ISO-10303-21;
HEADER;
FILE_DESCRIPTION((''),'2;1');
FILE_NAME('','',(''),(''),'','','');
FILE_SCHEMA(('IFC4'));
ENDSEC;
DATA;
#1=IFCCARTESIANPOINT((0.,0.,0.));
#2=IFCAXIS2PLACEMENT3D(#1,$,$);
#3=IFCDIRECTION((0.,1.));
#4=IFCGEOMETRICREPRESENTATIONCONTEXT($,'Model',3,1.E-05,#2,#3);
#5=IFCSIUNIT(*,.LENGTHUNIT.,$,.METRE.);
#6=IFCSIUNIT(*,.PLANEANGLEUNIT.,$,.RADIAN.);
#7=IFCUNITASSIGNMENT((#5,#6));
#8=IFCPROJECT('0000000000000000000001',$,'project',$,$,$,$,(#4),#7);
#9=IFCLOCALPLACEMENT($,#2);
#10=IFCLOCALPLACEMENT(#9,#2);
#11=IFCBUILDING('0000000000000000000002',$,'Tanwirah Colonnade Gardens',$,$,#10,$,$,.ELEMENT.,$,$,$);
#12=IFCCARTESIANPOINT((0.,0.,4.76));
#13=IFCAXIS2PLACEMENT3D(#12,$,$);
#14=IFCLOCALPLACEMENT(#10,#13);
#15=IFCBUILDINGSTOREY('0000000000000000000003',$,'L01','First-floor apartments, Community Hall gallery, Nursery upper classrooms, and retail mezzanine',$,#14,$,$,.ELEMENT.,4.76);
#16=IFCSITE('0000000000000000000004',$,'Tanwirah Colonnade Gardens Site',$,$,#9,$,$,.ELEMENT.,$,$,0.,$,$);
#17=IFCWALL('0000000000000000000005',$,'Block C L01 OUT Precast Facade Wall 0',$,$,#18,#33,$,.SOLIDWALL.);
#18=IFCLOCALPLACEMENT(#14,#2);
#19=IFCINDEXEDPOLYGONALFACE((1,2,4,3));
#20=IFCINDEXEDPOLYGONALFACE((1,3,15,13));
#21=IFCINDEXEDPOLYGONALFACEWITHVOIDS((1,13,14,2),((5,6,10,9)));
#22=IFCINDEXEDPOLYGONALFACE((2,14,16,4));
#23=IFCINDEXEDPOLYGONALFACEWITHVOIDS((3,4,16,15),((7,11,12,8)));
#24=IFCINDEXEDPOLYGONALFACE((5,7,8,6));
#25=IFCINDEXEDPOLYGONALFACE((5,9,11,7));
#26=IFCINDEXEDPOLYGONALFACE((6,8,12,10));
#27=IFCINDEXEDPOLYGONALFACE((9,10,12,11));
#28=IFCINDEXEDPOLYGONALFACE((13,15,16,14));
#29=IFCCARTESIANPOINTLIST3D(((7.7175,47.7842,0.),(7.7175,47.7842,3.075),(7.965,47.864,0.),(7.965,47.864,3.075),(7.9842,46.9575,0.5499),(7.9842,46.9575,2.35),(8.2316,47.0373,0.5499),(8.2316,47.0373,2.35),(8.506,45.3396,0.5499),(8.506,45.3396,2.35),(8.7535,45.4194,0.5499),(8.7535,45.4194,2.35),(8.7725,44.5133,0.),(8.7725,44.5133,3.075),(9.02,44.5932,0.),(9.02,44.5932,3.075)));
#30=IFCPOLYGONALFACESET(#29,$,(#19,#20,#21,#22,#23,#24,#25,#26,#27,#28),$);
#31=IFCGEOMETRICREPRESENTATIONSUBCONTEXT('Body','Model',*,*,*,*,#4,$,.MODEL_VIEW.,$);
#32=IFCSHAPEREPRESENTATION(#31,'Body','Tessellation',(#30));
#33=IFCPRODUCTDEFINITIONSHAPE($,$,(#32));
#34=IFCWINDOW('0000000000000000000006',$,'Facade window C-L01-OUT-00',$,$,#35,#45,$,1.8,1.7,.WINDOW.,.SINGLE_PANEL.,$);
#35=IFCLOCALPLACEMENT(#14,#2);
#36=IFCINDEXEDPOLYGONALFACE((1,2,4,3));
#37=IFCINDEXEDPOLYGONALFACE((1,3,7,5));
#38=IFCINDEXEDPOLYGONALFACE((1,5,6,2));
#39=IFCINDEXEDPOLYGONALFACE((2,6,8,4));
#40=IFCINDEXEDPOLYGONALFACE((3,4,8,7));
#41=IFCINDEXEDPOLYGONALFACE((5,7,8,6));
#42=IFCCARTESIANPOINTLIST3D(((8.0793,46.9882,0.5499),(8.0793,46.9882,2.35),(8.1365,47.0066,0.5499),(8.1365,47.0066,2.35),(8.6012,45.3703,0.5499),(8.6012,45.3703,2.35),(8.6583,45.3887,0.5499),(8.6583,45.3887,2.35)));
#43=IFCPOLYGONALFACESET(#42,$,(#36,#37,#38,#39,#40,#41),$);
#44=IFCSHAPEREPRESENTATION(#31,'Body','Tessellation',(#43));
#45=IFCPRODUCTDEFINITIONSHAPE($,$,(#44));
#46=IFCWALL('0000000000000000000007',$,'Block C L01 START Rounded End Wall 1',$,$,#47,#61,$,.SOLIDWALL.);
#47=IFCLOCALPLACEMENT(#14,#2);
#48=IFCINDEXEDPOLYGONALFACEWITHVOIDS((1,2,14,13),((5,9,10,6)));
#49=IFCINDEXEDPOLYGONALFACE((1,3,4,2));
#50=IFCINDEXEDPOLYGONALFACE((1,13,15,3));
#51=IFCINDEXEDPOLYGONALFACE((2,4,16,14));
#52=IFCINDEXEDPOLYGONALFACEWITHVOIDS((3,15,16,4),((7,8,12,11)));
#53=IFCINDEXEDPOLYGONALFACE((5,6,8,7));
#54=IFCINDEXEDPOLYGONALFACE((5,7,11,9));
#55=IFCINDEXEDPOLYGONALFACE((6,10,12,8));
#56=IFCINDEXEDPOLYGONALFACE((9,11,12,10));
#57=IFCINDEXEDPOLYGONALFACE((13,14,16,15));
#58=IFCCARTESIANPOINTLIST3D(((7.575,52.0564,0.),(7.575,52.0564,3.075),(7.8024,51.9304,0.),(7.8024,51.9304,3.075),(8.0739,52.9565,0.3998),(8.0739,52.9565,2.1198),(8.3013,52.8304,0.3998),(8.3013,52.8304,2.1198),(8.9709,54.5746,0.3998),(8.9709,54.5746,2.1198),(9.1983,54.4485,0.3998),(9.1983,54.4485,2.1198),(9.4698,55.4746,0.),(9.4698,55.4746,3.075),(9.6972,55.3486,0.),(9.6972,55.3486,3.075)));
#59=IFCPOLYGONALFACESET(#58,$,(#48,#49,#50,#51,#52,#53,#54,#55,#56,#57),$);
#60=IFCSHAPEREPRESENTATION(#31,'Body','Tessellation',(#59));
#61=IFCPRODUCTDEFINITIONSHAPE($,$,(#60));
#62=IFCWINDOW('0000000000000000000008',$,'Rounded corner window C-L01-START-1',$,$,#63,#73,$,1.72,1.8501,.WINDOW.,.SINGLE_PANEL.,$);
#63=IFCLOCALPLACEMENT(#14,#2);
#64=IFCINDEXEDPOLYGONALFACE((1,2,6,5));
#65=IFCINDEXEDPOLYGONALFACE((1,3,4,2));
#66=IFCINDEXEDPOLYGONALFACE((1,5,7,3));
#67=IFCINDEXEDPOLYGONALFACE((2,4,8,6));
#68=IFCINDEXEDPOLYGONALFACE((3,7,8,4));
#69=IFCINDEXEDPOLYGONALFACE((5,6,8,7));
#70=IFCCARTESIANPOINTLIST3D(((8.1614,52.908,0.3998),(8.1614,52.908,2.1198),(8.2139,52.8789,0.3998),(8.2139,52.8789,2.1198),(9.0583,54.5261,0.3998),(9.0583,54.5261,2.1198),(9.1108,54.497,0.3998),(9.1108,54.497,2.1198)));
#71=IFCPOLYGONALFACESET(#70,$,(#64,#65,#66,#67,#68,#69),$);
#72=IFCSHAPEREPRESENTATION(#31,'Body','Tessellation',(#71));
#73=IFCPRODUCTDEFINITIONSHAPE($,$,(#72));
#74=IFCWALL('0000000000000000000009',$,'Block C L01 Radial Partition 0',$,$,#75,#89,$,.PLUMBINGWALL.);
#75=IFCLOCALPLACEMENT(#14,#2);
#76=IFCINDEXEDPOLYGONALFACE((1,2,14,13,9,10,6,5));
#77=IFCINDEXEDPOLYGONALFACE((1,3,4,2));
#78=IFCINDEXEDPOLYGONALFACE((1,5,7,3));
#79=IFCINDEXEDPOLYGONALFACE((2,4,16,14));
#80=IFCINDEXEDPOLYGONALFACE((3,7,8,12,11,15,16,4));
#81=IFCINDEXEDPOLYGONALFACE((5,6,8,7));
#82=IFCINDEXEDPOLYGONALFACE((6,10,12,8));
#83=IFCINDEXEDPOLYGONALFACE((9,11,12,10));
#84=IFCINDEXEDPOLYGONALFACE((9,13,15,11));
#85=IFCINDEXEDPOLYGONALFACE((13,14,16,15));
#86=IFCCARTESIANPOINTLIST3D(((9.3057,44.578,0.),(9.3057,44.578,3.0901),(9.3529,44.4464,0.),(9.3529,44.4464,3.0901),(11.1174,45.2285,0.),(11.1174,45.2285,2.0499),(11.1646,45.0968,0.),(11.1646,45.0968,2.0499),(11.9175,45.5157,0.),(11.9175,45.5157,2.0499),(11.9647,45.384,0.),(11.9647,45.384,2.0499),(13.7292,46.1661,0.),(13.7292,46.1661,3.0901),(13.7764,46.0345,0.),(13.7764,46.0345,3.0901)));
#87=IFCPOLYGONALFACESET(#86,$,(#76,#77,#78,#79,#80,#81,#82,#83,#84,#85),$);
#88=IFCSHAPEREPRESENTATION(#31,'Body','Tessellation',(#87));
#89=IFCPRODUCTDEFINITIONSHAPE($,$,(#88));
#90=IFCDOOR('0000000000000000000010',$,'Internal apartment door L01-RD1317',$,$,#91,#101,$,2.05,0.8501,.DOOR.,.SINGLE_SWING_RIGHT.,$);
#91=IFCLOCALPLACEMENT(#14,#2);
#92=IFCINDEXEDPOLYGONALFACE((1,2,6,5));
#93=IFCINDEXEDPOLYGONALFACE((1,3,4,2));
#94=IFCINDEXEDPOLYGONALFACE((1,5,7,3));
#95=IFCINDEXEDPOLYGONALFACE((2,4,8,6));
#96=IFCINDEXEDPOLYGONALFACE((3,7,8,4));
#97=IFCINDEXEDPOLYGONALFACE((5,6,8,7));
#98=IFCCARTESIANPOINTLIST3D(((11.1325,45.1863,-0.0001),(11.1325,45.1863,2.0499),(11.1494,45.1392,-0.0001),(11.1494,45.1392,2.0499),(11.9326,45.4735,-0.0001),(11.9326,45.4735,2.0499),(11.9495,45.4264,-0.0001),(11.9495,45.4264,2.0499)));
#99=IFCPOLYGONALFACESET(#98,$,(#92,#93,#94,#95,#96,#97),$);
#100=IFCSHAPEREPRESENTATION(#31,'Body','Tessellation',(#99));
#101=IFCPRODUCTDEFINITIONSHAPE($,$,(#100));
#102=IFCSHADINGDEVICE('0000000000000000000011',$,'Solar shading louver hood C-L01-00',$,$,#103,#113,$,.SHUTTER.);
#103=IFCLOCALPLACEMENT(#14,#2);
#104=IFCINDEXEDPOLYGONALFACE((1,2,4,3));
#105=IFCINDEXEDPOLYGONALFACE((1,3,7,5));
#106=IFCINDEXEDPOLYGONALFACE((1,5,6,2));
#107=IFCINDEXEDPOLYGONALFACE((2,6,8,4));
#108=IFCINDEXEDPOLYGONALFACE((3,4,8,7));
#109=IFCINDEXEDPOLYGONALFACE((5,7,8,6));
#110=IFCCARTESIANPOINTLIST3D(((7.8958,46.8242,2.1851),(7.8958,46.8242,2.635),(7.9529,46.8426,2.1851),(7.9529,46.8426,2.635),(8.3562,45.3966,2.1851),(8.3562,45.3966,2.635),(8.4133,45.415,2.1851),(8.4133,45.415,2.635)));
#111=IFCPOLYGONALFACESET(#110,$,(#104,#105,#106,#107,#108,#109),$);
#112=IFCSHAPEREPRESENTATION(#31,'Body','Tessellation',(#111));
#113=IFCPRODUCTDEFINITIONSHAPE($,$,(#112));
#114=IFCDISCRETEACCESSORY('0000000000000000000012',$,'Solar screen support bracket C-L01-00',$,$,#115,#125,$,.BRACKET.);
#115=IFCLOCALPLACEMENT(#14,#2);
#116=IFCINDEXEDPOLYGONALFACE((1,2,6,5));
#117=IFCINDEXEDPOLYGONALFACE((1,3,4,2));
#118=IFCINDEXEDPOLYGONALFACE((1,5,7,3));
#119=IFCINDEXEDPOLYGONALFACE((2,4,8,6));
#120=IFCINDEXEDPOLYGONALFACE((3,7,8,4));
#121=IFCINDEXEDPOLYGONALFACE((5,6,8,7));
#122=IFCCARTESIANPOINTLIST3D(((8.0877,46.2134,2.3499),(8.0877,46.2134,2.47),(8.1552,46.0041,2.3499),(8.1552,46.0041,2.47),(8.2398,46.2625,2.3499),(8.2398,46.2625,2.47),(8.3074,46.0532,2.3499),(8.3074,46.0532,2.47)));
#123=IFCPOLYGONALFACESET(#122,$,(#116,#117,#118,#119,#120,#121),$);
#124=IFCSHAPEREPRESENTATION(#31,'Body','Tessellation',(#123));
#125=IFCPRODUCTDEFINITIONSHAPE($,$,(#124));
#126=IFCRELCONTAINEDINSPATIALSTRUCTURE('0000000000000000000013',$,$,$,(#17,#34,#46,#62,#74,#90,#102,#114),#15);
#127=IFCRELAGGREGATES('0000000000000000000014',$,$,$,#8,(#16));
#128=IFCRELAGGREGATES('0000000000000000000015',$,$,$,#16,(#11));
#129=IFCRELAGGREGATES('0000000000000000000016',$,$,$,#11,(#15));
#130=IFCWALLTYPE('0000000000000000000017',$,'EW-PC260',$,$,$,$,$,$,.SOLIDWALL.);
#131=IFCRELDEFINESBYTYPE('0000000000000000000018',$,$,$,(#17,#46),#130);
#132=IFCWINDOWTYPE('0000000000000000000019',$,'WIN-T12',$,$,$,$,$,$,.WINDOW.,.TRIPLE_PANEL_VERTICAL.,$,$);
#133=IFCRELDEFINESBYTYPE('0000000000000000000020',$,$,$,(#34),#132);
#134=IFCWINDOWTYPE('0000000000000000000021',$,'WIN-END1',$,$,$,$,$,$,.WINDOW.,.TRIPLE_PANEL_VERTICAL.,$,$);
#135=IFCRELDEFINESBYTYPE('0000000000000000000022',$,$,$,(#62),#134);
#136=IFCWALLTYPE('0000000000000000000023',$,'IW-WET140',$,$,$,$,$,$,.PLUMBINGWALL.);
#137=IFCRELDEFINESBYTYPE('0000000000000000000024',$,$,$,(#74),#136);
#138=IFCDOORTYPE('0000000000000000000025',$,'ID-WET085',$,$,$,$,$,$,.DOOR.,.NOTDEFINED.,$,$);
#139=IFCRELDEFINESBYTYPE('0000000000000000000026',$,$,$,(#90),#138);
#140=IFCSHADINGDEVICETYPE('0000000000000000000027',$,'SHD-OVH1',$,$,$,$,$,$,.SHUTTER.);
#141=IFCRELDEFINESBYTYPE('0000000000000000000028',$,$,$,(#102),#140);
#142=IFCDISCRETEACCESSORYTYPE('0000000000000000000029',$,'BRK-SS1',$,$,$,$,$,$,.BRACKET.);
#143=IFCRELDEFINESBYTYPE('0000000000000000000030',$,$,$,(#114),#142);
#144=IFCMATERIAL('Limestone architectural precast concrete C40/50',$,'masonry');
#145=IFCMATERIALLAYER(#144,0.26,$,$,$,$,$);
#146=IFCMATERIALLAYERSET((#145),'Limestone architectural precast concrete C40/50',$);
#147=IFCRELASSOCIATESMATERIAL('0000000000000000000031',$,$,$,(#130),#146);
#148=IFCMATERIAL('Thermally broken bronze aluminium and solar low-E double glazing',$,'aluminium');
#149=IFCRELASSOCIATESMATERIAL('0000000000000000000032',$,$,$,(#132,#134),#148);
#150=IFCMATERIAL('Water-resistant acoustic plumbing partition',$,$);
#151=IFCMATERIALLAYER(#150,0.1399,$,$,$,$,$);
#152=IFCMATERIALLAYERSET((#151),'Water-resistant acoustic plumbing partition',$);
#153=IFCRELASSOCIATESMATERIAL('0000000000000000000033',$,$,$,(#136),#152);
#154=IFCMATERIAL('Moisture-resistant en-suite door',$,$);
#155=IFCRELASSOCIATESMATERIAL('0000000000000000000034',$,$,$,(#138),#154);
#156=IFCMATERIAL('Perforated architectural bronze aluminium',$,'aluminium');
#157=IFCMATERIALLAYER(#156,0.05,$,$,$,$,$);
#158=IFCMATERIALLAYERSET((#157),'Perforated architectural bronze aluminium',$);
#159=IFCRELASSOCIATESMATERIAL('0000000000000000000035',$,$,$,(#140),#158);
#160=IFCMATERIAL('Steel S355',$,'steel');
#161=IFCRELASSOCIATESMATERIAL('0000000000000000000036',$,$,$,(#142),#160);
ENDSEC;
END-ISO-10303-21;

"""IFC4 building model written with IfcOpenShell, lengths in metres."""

from ifc_helpers import new_model, si_unit, direction, frame, frame_2d, origin, origin_2d, place, context, subcontext, project, spatial, rectangle, extrude, material, layer, layer_set, type_object, element, fill, save


model = new_model("IFC4")

# Units and contexts
model_context = context("Model", 3, precision=1e-05, world=origin(), true_north=direction((0.0, 1.0)))
body_context = subcontext(model_context, "Body", "Model", "MODEL_VIEW")
ifc_project = project(units=[si_unit("LENGTHUNIT", "METRE"), si_unit("PLANEANGLEUNIT", "RADIAN")], contexts=[model_context])

# Site, building, storey
site_placement = place(None, origin())
site = spatial("IfcSite", under=ifc_project, at=site_placement, Name="Tanwirah Colonnade Gardens Site", CompositionType="ELEMENT", RefElevation=0.0)
building_placement = place(site_placement, origin())
building = spatial("IfcBuilding", under=site, at=building_placement, Name="Tanwirah Colonnade Gardens", CompositionType="ELEMENT")
storey_placement = place(building_placement, frame((0.0, 0.0, 4.76)))
storey = spatial("IfcBuildingStorey", under=building, at=storey_placement, Name="L01", Description="First-floor apartments, Community Hall gallery, Nursery upper classrooms, and retail mezzanine", CompositionType="ELEMENT", Elevation=4.76)

# Walls, openings, windows
ifc_material_1 = material(Name="Limestone architectural precast concrete C40/50", Category="masonry")
ifc_layer_1 = layer(ifc_material_1, 0.26)
ifc_layer_set_1 = layer_set([ifc_layer_1], Name="Limestone architectural precast concrete C40/50")
wall_type_1 = type_object("IfcWallType", Name="EW-PC260", PredefinedType="SOLIDWALL", material=ifc_layer_set_1)
wall_1_placement = place(storey_placement, frame((7.8413, 47.824, 0.0), z_axis=(0.0, 0.0, 1.0), x_axis=(0.306963, -0.951721, 0.0)))
wall_1 = element("IfcWall", 1, at=wall_1_placement, inside=storey, type_object=wall_type_1, Name="Block C L01 OUT Precast Facade Wall 0", PredefinedType="SOLIDWALL", context=body_context, shape_type="SweptSolid", body=[
    extrude(rectangle(XDim=3.4368, YDim=0.26, at=frame_2d((1.7183, 0.0))), origin(), (0.0, 0.0, 1.0), 3.075),
])
opening_1_placement = place(wall_1_placement, frame((0.8684, 0.0, 0.55)))
opening_1 = element("IfcOpeningElement", 2, at=opening_1_placement, cuts=wall_1, PredefinedType="OPENING", context=body_context, shape_type="SweptSolid", body=[
    extrude(rectangle(XDim=1.7, YDim=1.8, at=frame_2d((0.8501, 0.8999))), frame((0.0, 0.1399, 0.0), z_axis=(0.0, -1.0, 0.0), x_axis=(1.0, 0.0, 0.0)), (0.0, 0.0, 1.0), 0.28),
])
ifc_material_2 = material(Name="Thermally broken bronze aluminium and solar low-E double glazing", Category="aluminium")
window_type_1 = type_object("IfcWindowType", Name="WIN-T12", PartitioningType="TRIPLE_PANEL_VERTICAL", PredefinedType="WINDOW", material=ifc_material_2)
window_1_placement = place(opening_1_placement, origin())
window_1 = element("IfcWindow", 3, at=window_1_placement, inside=storey, type_object=window_type_1, Name="Facade window C-L01-OUT-00", OverallHeight=1.8, OverallWidth=1.7, PartitioningType="SINGLE_PANEL", PredefinedType="WINDOW", context=body_context, shape_type="SweptSolid", body=[
    extrude(rectangle(XDim=1.7, YDim=1.8, at=frame_2d((0.8501, 0.8999))), frame((0.0, 0.03, 0.0), z_axis=(0.0, -1.0, 0.0), x_axis=(1.0, 0.0, 0.0)), (0.0, 0.0, 1.0), 0.0601),
])
fill(opening_1, window_1)
wall_2_placement = place(storey_placement, frame((7.6887, 51.9934, 0.0), z_axis=(0.0, 0.0, 1.0), x_axis=(0.484815, 0.874617, 0.0)))
wall_2 = element("IfcWall", 4, at=wall_2_placement, inside=storey, type_object=wall_type_1, Name="Block C L01 START Rounded End Wall 1", PredefinedType="SOLIDWALL", context=body_context, shape_type="SweptSolid", body=[
    extrude(rectangle(XDim=3.9082, YDim=0.26, at=frame_2d((1.9541, 0.0))), origin(), (0.0, 0.0, 1.0), 3.075),
])
opening_2_placement = place(wall_2_placement, frame((1.0291, 0.0, 0.3999)))
opening_2 = element("IfcOpeningElement", 5, at=opening_2_placement, cuts=wall_2, PredefinedType="OPENING", context=body_context, shape_type="SweptSolid", body=[
    extrude(rectangle(XDim=1.8501, YDim=1.72, at=frame_2d((0.925, 0.8599))), frame((0.0, 0.1399, 0.0), z_axis=(0.0, -1.0, 0.0), x_axis=(1.0, 0.0, 0.0)), (0.0, 0.0, 1.0), 0.28),
])
window_type_2 = type_object("IfcWindowType", Name="WIN-END1", PartitioningType="TRIPLE_PANEL_VERTICAL", PredefinedType="WINDOW", material=ifc_material_2)
window_2_placement = place(opening_2_placement, origin())
window_2 = element("IfcWindow", 6, at=window_2_placement, inside=storey, type_object=window_type_2, Name="Rounded corner window C-L01-START-1", OverallHeight=1.72, OverallWidth=1.8501, PartitioningType="SINGLE_PANEL", PredefinedType="WINDOW", context=body_context, shape_type="SweptSolid", body=[
    extrude(rectangle(XDim=1.8501, YDim=1.72, at=frame_2d((0.925, 0.8599))), frame((0.0, 0.03, 0.0), z_axis=(0.0, -1.0, 0.0), x_axis=(1.0, 0.0, 0.0)), (0.0, 0.0, 1.0), 0.0601),
])
fill(opening_2, window_2)

# Wall, opening, door
ifc_material_3 = material(Name="Water-resistant acoustic plumbing partition")
ifc_layer_2 = layer(ifc_material_3, 0.1399)
ifc_layer_set_2 = layer_set([ifc_layer_2], Name="Water-resistant acoustic plumbing partition")
wall_type_2 = type_object("IfcWallType", Name="IW-WET140", PredefinedType="PLUMBINGWALL", material=ifc_layer_set_2)
wall_3_placement = place(storey_placement, frame((13.7529, 46.1003, 0.0), z_axis=(0.0, 0.0, 1.0), x_axis=(-0.941182, -0.337899, 0.0)))
wall_3 = element("IfcWall", 7, at=wall_3_placement, inside=storey, type_object=wall_type_2, Name="Block C L01 Radial Partition 0", PredefinedType="PLUMBINGWALL", context=body_context, shape_type="SweptSolid", body=[
    extrude(rectangle(XDim=4.7, YDim=0.1399, at=frame_2d((2.3501, 0.0))), origin(), (0.0, 0.0, 1.0), 3.0901),
])
opening_3_placement = place(wall_3_placement, frame((1.925, 0.0, 0.0)))
opening_3 = element("IfcOpeningElement", 8, at=opening_3_placement, cuts=wall_3, PredefinedType="OPENING", context=body_context, shape_type="SweptSolid", body=[
    extrude(rectangle(XDim=0.8501, YDim=2.05, at=frame_2d((0.425, 1.0249))), frame((0.0, 0.0798, 0.0), z_axis=(0.0, -1.0, 0.0), x_axis=(1.0, 0.0, 0.0)), (0.0, 0.0, 1.0), 0.1599),
])
ifc_material_4 = material(Name="Moisture-resistant en-suite door")
door_type_1 = type_object("IfcDoorType", Name="ID-WET085", OperationType="NOTDEFINED", PredefinedType="DOOR", material=ifc_material_4)
door_1_placement = place(opening_3_placement, origin())
door_1 = element("IfcDoor", 9, at=door_1_placement, inside=storey, type_object=door_type_1, Name="Internal apartment door L01-RD1317", OperationType="SINGLE_SWING_RIGHT", OverallHeight=2.05, OverallWidth=0.8501, PredefinedType="DOOR", context=body_context, shape_type="SweptSolid", body=[
    extrude(rectangle(XDim=0.8501, YDim=2.05, at=frame_2d((0.425, 1.0249))), frame((0.0, 0.0249, 0.0), z_axis=(0.0, -1.0, 0.0), x_axis=(1.0, 0.0, 0.0)), (0.0, 0.0, 1.0), 0.05),
])
fill(opening_3, door_1)

# Shading device
ifc_material_5 = material(Name="Perforated architectural bronze aluminium", Category="aluminium")
ifc_layer_3 = layer(ifc_material_5, 0.05)
ifc_layer_set_3 = layer_set([ifc_layer_3], Name="Perforated architectural bronze aluminium")
shading_device_type = type_object("IfcShadingDeviceType", Name="SHD-OVH1", PredefinedType="SHUTTER", material=ifc_layer_set_3)
shading_device_placement = place(storey_placement, frame((8.1545, 46.1196, 2.1851), z_axis=(0.0, 0.0, 1.0), x_axis=(0.306942, -0.951728, 0.0)))
element("IfcShadingDevice", 10, at=shading_device_placement, inside=storey, type_object=shading_device_type, Name="Solar shading louver hood C-L01-00", PredefinedType="SHUTTER", context=body_context, shape_type="SweptSolid", body=[
    extrude(rectangle(XDim=1.5, YDim=0.0601, at=origin_2d()), origin(), (0.0, 0.0, 1.0), 0.45),
])

# Discrete accessory
ifc_material_6 = material(Name="Steel S355", Category="steel")
discrete_accessory_type = type_object("IfcDiscreteAccessoryType", Name="BRK-SS1", PredefinedType="BRACKET", material=ifc_material_6)
discrete_accessory_placement = place(storey_placement, frame((8.1975, 46.1333, 2.3499), z_axis=(0.0, 0.0, 1.0), x_axis=(0.306942, -0.951728, 0.0)))
element("IfcDiscreteAccessory", 11, at=discrete_accessory_placement, inside=storey, type_object=discrete_accessory_type, Name="Solar screen support bracket C-L01-00", PredefinedType="BRACKET", context=body_context, shape_type="SweptSolid", body=[
    extrude(rectangle(XDim=0.22, YDim=0.1599, at=origin_2d()), origin(), (0.0, 0.0, 1.0), 0.1201),
])

save(model, "model.ifc")
